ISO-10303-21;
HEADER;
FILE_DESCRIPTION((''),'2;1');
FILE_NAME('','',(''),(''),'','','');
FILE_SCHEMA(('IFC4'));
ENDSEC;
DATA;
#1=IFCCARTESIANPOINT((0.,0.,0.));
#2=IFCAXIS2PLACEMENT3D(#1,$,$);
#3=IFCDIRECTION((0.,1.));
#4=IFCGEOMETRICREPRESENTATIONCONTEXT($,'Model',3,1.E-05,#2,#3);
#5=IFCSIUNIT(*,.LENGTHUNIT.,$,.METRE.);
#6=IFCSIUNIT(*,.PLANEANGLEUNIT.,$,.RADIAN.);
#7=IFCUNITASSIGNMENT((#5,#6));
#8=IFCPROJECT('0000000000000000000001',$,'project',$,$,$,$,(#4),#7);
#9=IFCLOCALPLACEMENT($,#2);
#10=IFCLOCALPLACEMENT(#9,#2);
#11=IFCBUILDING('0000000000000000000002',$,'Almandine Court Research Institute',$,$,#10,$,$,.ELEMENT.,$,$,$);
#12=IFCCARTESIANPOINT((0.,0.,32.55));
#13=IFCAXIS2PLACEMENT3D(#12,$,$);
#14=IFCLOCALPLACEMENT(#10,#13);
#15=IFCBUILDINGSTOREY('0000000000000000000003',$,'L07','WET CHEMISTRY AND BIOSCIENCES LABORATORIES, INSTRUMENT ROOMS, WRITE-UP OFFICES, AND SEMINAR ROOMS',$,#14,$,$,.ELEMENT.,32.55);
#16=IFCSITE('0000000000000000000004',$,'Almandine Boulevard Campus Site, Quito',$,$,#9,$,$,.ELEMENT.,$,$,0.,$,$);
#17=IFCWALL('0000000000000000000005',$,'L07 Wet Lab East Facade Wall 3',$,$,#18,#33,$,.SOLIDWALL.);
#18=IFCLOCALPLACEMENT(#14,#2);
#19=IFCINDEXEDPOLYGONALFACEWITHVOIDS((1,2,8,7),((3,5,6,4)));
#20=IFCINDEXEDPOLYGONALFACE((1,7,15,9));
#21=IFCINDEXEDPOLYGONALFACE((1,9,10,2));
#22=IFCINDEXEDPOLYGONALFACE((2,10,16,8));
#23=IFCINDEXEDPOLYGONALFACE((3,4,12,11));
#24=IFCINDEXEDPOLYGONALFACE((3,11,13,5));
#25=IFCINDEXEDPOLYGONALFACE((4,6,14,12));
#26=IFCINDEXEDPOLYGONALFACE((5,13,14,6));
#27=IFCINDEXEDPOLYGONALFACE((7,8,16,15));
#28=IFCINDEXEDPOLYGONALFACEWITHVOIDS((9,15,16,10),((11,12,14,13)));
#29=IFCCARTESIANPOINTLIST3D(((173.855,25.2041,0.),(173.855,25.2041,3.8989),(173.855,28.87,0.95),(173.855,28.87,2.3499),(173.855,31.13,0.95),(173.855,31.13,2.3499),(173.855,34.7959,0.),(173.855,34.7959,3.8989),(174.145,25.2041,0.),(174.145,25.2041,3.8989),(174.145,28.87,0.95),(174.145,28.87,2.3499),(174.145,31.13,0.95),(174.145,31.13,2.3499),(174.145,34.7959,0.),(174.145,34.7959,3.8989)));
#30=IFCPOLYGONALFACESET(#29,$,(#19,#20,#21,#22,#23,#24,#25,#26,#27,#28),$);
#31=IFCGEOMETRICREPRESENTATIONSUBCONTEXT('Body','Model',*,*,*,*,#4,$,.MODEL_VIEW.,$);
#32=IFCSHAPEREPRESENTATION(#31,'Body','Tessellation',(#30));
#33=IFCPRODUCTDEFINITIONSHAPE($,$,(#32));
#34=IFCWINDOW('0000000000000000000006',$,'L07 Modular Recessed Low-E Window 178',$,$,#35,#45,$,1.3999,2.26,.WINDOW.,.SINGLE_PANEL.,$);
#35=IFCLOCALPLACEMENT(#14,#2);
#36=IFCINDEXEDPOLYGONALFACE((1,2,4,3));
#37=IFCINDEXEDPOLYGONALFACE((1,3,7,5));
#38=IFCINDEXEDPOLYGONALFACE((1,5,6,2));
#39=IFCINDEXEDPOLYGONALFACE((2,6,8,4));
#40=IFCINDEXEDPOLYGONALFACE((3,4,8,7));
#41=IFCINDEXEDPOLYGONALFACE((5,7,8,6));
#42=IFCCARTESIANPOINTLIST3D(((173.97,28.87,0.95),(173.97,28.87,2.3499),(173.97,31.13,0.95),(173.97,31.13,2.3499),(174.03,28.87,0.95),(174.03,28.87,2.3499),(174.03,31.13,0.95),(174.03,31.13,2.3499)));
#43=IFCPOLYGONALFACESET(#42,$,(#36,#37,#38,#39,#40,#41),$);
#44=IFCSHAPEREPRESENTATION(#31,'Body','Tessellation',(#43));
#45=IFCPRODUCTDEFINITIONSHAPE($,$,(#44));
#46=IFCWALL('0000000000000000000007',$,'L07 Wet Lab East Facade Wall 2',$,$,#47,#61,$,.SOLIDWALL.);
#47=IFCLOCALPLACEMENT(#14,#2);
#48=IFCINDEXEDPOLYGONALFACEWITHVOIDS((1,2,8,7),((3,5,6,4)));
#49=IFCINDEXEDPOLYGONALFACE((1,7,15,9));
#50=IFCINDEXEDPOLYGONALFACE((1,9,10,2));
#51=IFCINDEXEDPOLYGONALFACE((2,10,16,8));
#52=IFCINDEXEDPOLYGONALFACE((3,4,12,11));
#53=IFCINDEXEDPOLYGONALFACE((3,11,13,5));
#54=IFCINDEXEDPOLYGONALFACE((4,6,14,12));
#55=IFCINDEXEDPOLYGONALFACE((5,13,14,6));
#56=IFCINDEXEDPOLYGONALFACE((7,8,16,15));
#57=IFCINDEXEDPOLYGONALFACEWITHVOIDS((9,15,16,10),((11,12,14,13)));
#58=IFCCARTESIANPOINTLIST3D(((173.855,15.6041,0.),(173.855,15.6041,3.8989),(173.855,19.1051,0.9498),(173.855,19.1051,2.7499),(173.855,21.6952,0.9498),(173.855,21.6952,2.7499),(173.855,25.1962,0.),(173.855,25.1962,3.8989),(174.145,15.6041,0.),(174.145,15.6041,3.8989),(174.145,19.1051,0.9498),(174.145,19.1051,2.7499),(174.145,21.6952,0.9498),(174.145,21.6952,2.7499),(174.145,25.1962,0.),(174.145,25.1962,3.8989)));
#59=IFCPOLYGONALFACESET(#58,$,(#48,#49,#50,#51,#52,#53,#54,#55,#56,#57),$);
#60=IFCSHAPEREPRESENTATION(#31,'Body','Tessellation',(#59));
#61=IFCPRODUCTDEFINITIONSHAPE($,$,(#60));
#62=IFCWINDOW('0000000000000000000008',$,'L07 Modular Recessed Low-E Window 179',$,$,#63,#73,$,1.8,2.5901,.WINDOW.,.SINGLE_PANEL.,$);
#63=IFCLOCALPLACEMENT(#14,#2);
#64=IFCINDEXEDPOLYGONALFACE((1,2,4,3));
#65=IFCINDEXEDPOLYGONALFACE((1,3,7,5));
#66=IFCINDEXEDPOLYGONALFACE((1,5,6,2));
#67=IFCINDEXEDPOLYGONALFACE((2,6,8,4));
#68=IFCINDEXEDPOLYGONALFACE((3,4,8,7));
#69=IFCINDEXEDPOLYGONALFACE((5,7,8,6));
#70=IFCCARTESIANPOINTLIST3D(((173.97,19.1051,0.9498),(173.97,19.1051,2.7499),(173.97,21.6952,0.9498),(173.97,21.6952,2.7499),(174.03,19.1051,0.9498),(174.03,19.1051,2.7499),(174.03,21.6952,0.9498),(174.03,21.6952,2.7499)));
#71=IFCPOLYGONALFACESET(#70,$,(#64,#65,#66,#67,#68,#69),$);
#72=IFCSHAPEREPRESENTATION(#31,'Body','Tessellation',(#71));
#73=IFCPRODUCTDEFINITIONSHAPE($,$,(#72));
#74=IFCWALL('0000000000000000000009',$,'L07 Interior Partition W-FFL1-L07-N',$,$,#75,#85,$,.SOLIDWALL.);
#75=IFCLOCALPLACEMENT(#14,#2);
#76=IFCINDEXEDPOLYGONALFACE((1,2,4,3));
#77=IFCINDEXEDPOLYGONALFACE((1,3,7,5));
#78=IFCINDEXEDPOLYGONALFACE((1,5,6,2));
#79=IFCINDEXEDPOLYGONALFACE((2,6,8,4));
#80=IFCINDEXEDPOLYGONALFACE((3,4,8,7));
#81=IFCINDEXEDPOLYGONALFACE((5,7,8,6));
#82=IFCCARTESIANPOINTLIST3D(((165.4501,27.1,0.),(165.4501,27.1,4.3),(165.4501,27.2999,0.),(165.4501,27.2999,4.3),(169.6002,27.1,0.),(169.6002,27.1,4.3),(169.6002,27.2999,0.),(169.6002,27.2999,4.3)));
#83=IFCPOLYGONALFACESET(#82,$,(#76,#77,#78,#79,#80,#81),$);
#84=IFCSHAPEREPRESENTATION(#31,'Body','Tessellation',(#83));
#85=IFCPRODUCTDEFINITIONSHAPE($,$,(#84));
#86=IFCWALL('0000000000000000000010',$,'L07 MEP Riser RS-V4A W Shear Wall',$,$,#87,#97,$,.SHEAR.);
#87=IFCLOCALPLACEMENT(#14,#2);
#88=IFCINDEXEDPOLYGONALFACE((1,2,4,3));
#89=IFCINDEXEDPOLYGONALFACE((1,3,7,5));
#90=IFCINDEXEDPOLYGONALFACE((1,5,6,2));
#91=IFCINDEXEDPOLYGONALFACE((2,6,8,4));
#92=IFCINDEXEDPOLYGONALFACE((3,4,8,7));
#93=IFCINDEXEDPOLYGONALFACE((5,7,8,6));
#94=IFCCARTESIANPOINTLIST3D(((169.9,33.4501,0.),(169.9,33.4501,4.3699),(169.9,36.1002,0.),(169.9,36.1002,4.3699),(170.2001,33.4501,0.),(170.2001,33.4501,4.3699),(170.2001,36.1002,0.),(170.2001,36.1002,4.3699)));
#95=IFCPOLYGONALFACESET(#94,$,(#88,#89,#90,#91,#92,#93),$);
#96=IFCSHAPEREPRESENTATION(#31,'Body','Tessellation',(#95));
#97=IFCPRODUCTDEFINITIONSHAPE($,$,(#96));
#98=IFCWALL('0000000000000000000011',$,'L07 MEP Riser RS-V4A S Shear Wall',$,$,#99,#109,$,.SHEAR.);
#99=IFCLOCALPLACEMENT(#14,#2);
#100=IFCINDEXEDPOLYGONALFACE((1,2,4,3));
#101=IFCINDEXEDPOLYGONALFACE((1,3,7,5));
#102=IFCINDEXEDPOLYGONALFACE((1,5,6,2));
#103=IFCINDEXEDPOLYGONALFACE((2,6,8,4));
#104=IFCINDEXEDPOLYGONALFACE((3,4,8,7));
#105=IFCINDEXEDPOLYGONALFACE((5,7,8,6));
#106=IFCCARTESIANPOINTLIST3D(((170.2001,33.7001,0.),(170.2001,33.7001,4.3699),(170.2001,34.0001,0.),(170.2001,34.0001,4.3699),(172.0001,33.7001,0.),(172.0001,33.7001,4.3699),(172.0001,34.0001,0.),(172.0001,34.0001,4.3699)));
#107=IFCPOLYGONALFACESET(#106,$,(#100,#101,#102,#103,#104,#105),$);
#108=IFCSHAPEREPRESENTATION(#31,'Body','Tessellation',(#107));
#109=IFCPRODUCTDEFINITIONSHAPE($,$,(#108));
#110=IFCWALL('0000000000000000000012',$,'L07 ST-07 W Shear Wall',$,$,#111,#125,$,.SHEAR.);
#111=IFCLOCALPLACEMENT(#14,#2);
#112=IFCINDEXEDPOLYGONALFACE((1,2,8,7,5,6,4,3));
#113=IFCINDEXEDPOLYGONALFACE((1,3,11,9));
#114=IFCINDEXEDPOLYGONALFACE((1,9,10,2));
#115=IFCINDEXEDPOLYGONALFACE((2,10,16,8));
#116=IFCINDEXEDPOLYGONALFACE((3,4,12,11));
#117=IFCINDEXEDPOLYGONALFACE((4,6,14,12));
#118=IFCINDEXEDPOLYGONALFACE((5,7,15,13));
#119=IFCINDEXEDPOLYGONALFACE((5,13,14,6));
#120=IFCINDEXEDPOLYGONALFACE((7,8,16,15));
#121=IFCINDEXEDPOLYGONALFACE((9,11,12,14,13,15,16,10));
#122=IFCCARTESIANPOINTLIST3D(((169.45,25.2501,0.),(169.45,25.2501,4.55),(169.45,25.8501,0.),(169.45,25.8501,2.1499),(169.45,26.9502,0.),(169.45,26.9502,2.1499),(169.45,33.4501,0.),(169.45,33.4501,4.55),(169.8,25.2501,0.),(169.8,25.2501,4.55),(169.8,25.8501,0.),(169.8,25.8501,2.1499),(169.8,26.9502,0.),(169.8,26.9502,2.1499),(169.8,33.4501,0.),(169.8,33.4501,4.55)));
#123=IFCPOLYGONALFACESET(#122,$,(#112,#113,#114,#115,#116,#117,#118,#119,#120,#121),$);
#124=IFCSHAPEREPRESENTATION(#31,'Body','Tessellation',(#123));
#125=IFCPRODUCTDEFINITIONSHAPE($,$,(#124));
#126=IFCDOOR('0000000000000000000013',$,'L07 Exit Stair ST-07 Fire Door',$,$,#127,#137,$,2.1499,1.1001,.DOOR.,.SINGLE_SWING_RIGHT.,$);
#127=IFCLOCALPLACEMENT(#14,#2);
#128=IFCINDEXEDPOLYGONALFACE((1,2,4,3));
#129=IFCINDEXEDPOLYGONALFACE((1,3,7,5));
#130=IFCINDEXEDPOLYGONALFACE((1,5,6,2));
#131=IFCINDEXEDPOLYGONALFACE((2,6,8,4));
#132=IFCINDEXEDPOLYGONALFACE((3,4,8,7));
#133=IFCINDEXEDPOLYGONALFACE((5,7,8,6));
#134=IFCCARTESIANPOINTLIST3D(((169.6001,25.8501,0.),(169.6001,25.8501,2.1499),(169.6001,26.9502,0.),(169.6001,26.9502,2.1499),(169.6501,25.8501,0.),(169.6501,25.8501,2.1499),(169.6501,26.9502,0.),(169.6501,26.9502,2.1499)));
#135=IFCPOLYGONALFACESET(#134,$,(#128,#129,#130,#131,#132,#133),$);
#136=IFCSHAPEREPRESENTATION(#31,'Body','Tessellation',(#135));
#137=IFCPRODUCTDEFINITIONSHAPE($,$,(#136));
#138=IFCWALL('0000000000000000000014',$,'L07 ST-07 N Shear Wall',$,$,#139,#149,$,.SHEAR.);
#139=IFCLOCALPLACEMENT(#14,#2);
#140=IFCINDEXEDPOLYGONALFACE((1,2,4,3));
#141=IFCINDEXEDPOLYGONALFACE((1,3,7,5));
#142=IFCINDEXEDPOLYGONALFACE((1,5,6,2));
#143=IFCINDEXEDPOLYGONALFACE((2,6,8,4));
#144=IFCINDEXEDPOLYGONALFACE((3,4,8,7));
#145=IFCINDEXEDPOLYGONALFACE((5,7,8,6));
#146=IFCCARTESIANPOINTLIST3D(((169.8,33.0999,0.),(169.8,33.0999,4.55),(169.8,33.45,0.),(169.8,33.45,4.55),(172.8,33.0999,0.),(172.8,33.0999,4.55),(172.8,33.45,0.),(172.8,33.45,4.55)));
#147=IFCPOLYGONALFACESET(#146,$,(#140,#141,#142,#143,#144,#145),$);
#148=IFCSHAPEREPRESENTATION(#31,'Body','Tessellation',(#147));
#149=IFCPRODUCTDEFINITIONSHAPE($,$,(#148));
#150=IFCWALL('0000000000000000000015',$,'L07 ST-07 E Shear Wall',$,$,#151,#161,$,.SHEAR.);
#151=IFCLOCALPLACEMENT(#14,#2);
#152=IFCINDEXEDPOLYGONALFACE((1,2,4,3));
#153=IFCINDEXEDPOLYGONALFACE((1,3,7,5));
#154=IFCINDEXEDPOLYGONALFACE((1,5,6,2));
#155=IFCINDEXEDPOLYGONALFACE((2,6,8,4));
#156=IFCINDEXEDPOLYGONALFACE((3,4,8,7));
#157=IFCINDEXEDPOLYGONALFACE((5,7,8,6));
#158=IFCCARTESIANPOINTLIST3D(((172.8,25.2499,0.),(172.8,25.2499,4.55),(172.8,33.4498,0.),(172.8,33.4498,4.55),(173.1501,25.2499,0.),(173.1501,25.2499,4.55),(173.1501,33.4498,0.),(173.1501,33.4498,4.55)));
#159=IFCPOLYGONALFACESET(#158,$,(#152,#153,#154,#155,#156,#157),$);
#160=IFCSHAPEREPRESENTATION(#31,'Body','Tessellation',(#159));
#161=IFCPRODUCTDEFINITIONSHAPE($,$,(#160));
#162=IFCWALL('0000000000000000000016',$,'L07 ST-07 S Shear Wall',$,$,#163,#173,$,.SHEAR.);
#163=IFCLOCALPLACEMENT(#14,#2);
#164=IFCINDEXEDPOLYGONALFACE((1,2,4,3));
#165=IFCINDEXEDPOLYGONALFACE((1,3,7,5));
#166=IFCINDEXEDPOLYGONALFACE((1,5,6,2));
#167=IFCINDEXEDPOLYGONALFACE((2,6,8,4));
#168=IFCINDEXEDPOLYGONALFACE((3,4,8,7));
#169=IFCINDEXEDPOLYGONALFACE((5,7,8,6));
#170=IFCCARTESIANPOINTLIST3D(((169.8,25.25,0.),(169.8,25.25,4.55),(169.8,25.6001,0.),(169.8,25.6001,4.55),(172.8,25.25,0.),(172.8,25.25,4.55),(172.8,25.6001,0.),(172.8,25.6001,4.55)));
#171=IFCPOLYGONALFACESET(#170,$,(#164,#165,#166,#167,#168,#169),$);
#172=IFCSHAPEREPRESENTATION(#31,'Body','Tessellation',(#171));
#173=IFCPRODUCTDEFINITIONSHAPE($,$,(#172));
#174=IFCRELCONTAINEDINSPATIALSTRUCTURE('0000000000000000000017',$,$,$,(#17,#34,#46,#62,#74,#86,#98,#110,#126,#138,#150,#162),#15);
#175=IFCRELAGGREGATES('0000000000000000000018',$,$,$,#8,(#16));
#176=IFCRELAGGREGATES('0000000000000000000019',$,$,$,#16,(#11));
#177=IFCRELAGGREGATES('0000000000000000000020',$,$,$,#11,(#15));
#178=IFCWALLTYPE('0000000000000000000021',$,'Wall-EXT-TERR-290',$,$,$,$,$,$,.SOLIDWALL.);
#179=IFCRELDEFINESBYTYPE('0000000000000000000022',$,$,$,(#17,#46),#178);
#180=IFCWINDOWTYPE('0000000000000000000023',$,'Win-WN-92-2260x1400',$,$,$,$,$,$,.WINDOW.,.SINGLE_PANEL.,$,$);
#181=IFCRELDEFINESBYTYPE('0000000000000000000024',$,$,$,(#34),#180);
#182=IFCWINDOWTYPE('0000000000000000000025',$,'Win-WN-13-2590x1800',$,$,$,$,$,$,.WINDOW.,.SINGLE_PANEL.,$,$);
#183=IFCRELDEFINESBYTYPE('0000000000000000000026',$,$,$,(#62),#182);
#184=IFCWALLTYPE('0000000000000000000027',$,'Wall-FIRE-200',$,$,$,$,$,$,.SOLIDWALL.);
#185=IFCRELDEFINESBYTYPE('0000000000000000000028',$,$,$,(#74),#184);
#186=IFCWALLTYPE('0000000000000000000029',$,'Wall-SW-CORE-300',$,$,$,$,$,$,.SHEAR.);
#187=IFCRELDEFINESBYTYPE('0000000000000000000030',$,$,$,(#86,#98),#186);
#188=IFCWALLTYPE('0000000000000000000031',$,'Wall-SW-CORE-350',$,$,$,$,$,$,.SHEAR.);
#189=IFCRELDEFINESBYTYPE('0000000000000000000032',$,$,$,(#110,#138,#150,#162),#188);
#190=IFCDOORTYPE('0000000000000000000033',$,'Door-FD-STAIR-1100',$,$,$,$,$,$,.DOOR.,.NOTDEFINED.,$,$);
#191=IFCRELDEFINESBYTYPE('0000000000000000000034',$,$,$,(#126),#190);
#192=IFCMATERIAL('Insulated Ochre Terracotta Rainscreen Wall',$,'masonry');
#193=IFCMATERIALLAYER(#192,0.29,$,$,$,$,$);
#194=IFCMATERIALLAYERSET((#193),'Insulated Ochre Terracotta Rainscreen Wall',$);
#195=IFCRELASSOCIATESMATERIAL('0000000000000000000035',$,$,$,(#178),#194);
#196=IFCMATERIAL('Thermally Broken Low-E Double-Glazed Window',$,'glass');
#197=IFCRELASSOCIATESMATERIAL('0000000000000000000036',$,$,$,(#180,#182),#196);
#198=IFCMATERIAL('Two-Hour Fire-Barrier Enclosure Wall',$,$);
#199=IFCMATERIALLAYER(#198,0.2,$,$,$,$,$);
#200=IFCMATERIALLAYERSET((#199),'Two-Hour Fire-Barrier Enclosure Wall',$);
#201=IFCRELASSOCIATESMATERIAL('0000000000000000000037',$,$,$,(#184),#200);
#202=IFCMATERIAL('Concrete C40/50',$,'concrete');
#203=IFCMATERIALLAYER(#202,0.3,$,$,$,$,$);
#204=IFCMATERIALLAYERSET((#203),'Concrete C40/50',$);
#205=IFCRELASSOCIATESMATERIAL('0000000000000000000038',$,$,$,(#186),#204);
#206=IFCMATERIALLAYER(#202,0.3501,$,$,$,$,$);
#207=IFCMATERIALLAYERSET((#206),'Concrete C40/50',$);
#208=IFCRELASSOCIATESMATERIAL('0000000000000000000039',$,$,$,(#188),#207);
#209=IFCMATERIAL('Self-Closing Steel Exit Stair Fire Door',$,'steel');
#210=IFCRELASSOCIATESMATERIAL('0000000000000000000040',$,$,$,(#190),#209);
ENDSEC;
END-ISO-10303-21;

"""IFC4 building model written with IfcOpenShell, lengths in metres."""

from ifc_helpers import new_model, si_unit, direction, frame, frame_2d, origin, place, context, subcontext, project, spatial, rectangle, extrude, material, layer, layer_set, type_object, element, fill, save


model = new_model("IFC4")

# Units and contexts
model_context = context("Model", 3, precision=1e-05, world=origin(), true_north=direction((0.0, 1.0)))
body_context = subcontext(model_context, "Body", "Model", "MODEL_VIEW")
ifc_project = project(units=[si_unit("LENGTHUNIT", "METRE"), si_unit("PLANEANGLEUNIT", "RADIAN")], contexts=[model_context])

# Site, building, storey
site_placement = place(None, origin())
site = spatial("IfcSite", under=ifc_project, at=site_placement, Name="Almandine Boulevard Campus Site, Quito", CompositionType="ELEMENT", RefElevation=0.0)
building_placement = place(site_placement, origin())
building = spatial("IfcBuilding", under=site, at=building_placement, Name="Almandine Court Research Institute", CompositionType="ELEMENT")
storey_placement = place(building_placement, frame((0.0, 0.0, 32.55)))
storey = spatial("IfcBuildingStorey", under=building, at=storey_placement, Name="L07", Description="WET CHEMISTRY AND BIOSCIENCES LABORATORIES, INSTRUMENT ROOMS, WRITE-UP OFFICES, AND SEMINAR ROOMS", CompositionType="ELEMENT", Elevation=32.55)

# Walls, openings, windows
ifc_material_1 = material(Name="Insulated Ochre Terracotta Rainscreen Wall", Category="masonry")
ifc_layer_1 = layer(ifc_material_1, 0.29)
ifc_layer_set_1 = layer_set([ifc_layer_1], Name="Insulated Ochre Terracotta Rainscreen Wall")
wall_type_1 = type_object("IfcWallType", Name="Wall-EXT-TERR-290", PredefinedType="SOLIDWALL", material=ifc_layer_set_1)
wall_1_placement = place(storey_placement, frame((174.0, 34.7959, 0.0), z_axis=(0.0, 0.0, 1.0), x_axis=(0.0, -1.0, 0.0)))
wall_1 = element("IfcWall", 1, at=wall_1_placement, inside=storey, type_object=wall_type_1, Name="L07 Wet Lab East Facade Wall 3", PredefinedType="SOLIDWALL", context=body_context, shape_type="SweptSolid", body=[
    extrude(rectangle(XDim=9.5918, YDim=0.29, at=frame_2d((4.7959, 0.0))), origin(), (0.0, 0.0, 1.0), 3.8989),
])
opening_1_placement = place(wall_1_placement, frame((3.666, 0.0, 0.95)))
opening_1 = element("IfcOpeningElement", 2, at=opening_1_placement, cuts=wall_1, PredefinedType="OPENING", context=body_context, shape_type="SweptSolid", body=[
    extrude(rectangle(XDim=2.26, YDim=1.3999, at=frame_2d((1.1299, 0.7))), frame((0.0, 0.155, 0.0), z_axis=(0.0, -1.0, 0.0), x_axis=(1.0, 0.0, 0.0)), (0.0, 0.0, 1.0), 0.3101),
])
ifc_material_2 = material(Name="Thermally Broken Low-E Double-Glazed Window", Category="glass")
window_type_1 = type_object("IfcWindowType", Name="Win-WN-92-2260x1400", PartitioningType="SINGLE_PANEL", PredefinedType="WINDOW", material=ifc_material_2)
window_1_placement = place(opening_1_placement, origin())
window_1 = element("IfcWindow", 3, at=window_1_placement, inside=storey, type_object=window_type_1, Name="L07 Modular Recessed Low-E Window 178", OverallHeight=1.3999, OverallWidth=2.26, PartitioningType="SINGLE_PANEL", PredefinedType="WINDOW", context=body_context, shape_type="SweptSolid", body=[
    extrude(rectangle(XDim=2.26, YDim=1.3999, at=frame_2d((1.1299, 0.7))), frame((0.0, 0.03, 0.0), z_axis=(0.0, -1.0, 0.0), x_axis=(1.0, 0.0, 0.0)), (0.0, 0.0, 1.0), 0.0601),
])
fill(opening_1, window_1)
wall_2_placement = place(storey_placement, frame((174.0, 25.196, 0.0), z_axis=(0.0, 0.0, 1.0), x_axis=(0.0, -1.0, 0.0)))
wall_2 = element("IfcWall", 4, at=wall_2_placement, inside=storey, type_object=wall_type_1, Name="L07 Wet Lab East Facade Wall 2", PredefinedType="SOLIDWALL", context=body_context, shape_type="SweptSolid", body=[
    extrude(rectangle(XDim=9.592, YDim=0.29, at=frame_2d((4.7959, 0.0))), origin(), (0.0, 0.0, 1.0), 3.8989),
])
opening_2_placement = place(wall_2_placement, frame((3.501, 0.0, 0.95)))
opening_2 = element("IfcOpeningElement", 5, at=opening_2_placement, cuts=wall_2, PredefinedType="OPENING", context=body_context, shape_type="SweptSolid", body=[
    extrude(rectangle(XDim=2.5901, YDim=1.8, at=frame_2d((1.2949, 0.8999))), frame((0.0, 0.155, 0.0), z_axis=(0.0, -1.0, 0.0), x_axis=(1.0, 0.0, 0.0)), (0.0, 0.0, 1.0), 0.3101),
])
window_type_2 = type_object("IfcWindowType", Name="Win-WN-13-2590x1800", PartitioningType="SINGLE_PANEL", PredefinedType="WINDOW", material=ifc_material_2)
window_2_placement = place(opening_2_placement, origin())
window_2 = element("IfcWindow", 6, at=window_2_placement, inside=storey, type_object=window_type_2, Name="L07 Modular Recessed Low-E Window 179", OverallHeight=1.8, OverallWidth=2.5901, PartitioningType="SINGLE_PANEL", PredefinedType="WINDOW", context=body_context, shape_type="SweptSolid", body=[
    extrude(rectangle(XDim=2.5901, YDim=1.8, at=frame_2d((1.2949, 0.8999))), frame((0.0, 0.03, 0.0), z_axis=(0.0, -1.0, 0.0), x_axis=(1.0, 0.0, 0.0)), (0.0, 0.0, 1.0), 0.0601),
])
fill(opening_2, window_2)

# Walls
ifc_material_3 = material(Name="Two-Hour Fire-Barrier Enclosure Wall")
ifc_layer_2 = layer(ifc_material_3, 0.2)
ifc_layer_set_2 = layer_set([ifc_layer_2], Name="Two-Hour Fire-Barrier Enclosure Wall")
wall_type_2 = type_object("IfcWallType", Name="Wall-FIRE-200", PredefinedType="SOLIDWALL", material=ifc_layer_set_2)
wall_3_placement = place(storey_placement, frame((165.45, 27.2, 0.0), z_axis=(0.0, 0.0, 1.0), x_axis=(1.0, 0.0, 0.0)))
element("IfcWall", 7, at=wall_3_placement, inside=storey, type_object=wall_type_2, Name="L07 Interior Partition W-FFL1-L07-N", PredefinedType="SOLIDWALL", context=body_context, shape_type="SweptSolid", body=[
    extrude(rectangle(XDim=4.1501, YDim=0.2, at=frame_2d((2.0752, 0.0))), origin(), (0.0, 0.0, 1.0), 4.3),
])
ifc_material_4 = material(Name="Concrete C40/50", Category="concrete")
ifc_layer_3 = layer(ifc_material_4, 0.3)
ifc_layer_set_3 = layer_set([ifc_layer_3], Name="Concrete C40/50")
wall_type_3 = type_object("IfcWallType", Name="Wall-SW-CORE-300", PredefinedType="SHEAR", material=ifc_layer_set_3)
wall_4_placement = place(storey_placement, frame((170.05, 33.45, 0.0), z_axis=(0.0, 0.0, 1.0), x_axis=(0.0, 1.0, 0.0)))
element("IfcWall", 8, at=wall_4_placement, inside=storey, type_object=wall_type_3, Name="L07 MEP Riser RS-V4A W Shear Wall", PredefinedType="SHEAR", context=body_context, shape_type="SweptSolid", body=[
    extrude(rectangle(XDim=2.6501, YDim=0.3, at=frame_2d((1.3252, 0.0))), origin(), (0.0, 0.0, 1.0), 4.3699),
])
wall_5_placement = place(storey_placement, frame((172.0, 33.8501, 0.0), z_axis=(0.0, 0.0, 1.0), x_axis=(-1.0, 0.0, 0.0)))
element("IfcWall", 9, at=wall_5_placement, inside=storey, type_object=wall_type_3, Name="L07 MEP Riser RS-V4A S Shear Wall", PredefinedType="SHEAR", context=body_context, shape_type="SweptSolid", body=[
    extrude(rectangle(XDim=1.8, YDim=0.3, at=frame_2d((0.8999, 0.0))), origin(), (0.0, 0.0, 1.0), 4.3699),
])

# Wall, opening, door
ifc_layer_4 = layer(ifc_material_4, 0.3501)
ifc_layer_set_4 = layer_set([ifc_layer_4], Name="Concrete C40/50")
wall_type_4 = type_object("IfcWallType", Name="Wall-SW-CORE-350", PredefinedType="SHEAR", material=ifc_layer_set_4)
wall_6_placement = place(storey_placement, frame((169.625, 25.25, 0.0), z_axis=(0.0, 0.0, 1.0), x_axis=(0.0, 1.0, 0.0)))
wall_6 = element("IfcWall", 10, at=wall_6_placement, inside=storey, type_object=wall_type_4, Name="L07 ST-07 W Shear Wall", PredefinedType="SHEAR", context=body_context, shape_type="SweptSolid", body=[
    extrude(rectangle(XDim=8.2, YDim=0.3501, at=frame_2d((4.1001, 0.0))), origin(), (0.0, 0.0, 1.0), 4.55),
])
opening_3_placement = place(wall_6_placement, frame((0.6001, 0.0, 0.0)))
opening_3 = element("IfcOpeningElement", 11, at=opening_3_placement, cuts=wall_6, PredefinedType="OPENING", context=body_context, shape_type="SweptSolid", body=[
    extrude(rectangle(XDim=1.1001, YDim=2.1499, at=frame_2d((0.55, 1.075))), frame((0.0, 0.1851, 0.0), z_axis=(0.0, -1.0, 0.0), x_axis=(1.0, 0.0, 0.0)), (0.0, 0.0, 1.0), 0.3701),
])
ifc_material_5 = material(Name="Self-Closing Steel Exit Stair Fire Door", Category="steel")
door_type = type_object("IfcDoorType", Name="Door-FD-STAIR-1100", OperationType="NOTDEFINED", PredefinedType="DOOR", material=ifc_material_5)
door_placement = place(opening_3_placement, origin())
door = element("IfcDoor", 12, at=door_placement, inside=storey, type_object=door_type, Name="L07 Exit Stair ST-07 Fire Door", OperationType="SINGLE_SWING_RIGHT", OverallHeight=2.1499, OverallWidth=1.1001, PredefinedType="DOOR", context=body_context, shape_type="SweptSolid", body=[
    extrude(rectangle(XDim=1.1001, YDim=2.1499, at=frame_2d((0.55, 1.075))), frame((0.0, 0.0249, 0.0), z_axis=(0.0, -1.0, 0.0), x_axis=(1.0, 0.0, 0.0)), (0.0, 0.0, 1.0), 0.05),
])
fill(opening_3, door)

# Walls
wall_7_placement = place(storey_placement, frame((169.8, 33.2749, 0.0), z_axis=(0.0, 0.0, 1.0), x_axis=(1.0, 0.0, 0.0)))
element("IfcWall", 13, at=wall_7_placement, inside=storey, type_object=wall_type_4, Name="L07 ST-07 N Shear Wall", PredefinedType="SHEAR", context=body_context, shape_type="SweptSolid", body=[
    extrude(rectangle(XDim=3.0, YDim=0.3501, at=frame_2d((1.5, 0.0))), origin(), (0.0, 0.0, 1.0), 4.55),
])
wall_8_placement = place(storey_placement, frame((172.9751, 33.45, 0.0), z_axis=(0.0, 0.0, 1.0), x_axis=(0.0, -1.0, 0.0)))
element("IfcWall", 14, at=wall_8_placement, inside=storey, type_object=wall_type_4, Name="L07 ST-07 E Shear Wall", PredefinedType="SHEAR", context=body_context, shape_type="SweptSolid", body=[
    extrude(rectangle(XDim=8.2, YDim=0.3501, at=frame_2d((4.1001, 0.0))), origin(), (0.0, 0.0, 1.0), 4.55),
])
wall_9_placement = place(storey_placement, frame((172.8, 25.425, 0.0), z_axis=(0.0, 0.0, 1.0), x_axis=(-1.0, 0.0, 0.0)))
element("IfcWall", 15, at=wall_9_placement, inside=storey, type_object=wall_type_4, Name="L07 ST-07 S Shear Wall", PredefinedType="SHEAR", context=body_context, shape_type="SweptSolid", body=[
    extrude(rectangle(XDim=3.0, YDim=0.3501, at=frame_2d((1.5, 0.0))), origin(), (0.0, 0.0, 1.0), 4.55),
])

save(model, "model.ifc")
